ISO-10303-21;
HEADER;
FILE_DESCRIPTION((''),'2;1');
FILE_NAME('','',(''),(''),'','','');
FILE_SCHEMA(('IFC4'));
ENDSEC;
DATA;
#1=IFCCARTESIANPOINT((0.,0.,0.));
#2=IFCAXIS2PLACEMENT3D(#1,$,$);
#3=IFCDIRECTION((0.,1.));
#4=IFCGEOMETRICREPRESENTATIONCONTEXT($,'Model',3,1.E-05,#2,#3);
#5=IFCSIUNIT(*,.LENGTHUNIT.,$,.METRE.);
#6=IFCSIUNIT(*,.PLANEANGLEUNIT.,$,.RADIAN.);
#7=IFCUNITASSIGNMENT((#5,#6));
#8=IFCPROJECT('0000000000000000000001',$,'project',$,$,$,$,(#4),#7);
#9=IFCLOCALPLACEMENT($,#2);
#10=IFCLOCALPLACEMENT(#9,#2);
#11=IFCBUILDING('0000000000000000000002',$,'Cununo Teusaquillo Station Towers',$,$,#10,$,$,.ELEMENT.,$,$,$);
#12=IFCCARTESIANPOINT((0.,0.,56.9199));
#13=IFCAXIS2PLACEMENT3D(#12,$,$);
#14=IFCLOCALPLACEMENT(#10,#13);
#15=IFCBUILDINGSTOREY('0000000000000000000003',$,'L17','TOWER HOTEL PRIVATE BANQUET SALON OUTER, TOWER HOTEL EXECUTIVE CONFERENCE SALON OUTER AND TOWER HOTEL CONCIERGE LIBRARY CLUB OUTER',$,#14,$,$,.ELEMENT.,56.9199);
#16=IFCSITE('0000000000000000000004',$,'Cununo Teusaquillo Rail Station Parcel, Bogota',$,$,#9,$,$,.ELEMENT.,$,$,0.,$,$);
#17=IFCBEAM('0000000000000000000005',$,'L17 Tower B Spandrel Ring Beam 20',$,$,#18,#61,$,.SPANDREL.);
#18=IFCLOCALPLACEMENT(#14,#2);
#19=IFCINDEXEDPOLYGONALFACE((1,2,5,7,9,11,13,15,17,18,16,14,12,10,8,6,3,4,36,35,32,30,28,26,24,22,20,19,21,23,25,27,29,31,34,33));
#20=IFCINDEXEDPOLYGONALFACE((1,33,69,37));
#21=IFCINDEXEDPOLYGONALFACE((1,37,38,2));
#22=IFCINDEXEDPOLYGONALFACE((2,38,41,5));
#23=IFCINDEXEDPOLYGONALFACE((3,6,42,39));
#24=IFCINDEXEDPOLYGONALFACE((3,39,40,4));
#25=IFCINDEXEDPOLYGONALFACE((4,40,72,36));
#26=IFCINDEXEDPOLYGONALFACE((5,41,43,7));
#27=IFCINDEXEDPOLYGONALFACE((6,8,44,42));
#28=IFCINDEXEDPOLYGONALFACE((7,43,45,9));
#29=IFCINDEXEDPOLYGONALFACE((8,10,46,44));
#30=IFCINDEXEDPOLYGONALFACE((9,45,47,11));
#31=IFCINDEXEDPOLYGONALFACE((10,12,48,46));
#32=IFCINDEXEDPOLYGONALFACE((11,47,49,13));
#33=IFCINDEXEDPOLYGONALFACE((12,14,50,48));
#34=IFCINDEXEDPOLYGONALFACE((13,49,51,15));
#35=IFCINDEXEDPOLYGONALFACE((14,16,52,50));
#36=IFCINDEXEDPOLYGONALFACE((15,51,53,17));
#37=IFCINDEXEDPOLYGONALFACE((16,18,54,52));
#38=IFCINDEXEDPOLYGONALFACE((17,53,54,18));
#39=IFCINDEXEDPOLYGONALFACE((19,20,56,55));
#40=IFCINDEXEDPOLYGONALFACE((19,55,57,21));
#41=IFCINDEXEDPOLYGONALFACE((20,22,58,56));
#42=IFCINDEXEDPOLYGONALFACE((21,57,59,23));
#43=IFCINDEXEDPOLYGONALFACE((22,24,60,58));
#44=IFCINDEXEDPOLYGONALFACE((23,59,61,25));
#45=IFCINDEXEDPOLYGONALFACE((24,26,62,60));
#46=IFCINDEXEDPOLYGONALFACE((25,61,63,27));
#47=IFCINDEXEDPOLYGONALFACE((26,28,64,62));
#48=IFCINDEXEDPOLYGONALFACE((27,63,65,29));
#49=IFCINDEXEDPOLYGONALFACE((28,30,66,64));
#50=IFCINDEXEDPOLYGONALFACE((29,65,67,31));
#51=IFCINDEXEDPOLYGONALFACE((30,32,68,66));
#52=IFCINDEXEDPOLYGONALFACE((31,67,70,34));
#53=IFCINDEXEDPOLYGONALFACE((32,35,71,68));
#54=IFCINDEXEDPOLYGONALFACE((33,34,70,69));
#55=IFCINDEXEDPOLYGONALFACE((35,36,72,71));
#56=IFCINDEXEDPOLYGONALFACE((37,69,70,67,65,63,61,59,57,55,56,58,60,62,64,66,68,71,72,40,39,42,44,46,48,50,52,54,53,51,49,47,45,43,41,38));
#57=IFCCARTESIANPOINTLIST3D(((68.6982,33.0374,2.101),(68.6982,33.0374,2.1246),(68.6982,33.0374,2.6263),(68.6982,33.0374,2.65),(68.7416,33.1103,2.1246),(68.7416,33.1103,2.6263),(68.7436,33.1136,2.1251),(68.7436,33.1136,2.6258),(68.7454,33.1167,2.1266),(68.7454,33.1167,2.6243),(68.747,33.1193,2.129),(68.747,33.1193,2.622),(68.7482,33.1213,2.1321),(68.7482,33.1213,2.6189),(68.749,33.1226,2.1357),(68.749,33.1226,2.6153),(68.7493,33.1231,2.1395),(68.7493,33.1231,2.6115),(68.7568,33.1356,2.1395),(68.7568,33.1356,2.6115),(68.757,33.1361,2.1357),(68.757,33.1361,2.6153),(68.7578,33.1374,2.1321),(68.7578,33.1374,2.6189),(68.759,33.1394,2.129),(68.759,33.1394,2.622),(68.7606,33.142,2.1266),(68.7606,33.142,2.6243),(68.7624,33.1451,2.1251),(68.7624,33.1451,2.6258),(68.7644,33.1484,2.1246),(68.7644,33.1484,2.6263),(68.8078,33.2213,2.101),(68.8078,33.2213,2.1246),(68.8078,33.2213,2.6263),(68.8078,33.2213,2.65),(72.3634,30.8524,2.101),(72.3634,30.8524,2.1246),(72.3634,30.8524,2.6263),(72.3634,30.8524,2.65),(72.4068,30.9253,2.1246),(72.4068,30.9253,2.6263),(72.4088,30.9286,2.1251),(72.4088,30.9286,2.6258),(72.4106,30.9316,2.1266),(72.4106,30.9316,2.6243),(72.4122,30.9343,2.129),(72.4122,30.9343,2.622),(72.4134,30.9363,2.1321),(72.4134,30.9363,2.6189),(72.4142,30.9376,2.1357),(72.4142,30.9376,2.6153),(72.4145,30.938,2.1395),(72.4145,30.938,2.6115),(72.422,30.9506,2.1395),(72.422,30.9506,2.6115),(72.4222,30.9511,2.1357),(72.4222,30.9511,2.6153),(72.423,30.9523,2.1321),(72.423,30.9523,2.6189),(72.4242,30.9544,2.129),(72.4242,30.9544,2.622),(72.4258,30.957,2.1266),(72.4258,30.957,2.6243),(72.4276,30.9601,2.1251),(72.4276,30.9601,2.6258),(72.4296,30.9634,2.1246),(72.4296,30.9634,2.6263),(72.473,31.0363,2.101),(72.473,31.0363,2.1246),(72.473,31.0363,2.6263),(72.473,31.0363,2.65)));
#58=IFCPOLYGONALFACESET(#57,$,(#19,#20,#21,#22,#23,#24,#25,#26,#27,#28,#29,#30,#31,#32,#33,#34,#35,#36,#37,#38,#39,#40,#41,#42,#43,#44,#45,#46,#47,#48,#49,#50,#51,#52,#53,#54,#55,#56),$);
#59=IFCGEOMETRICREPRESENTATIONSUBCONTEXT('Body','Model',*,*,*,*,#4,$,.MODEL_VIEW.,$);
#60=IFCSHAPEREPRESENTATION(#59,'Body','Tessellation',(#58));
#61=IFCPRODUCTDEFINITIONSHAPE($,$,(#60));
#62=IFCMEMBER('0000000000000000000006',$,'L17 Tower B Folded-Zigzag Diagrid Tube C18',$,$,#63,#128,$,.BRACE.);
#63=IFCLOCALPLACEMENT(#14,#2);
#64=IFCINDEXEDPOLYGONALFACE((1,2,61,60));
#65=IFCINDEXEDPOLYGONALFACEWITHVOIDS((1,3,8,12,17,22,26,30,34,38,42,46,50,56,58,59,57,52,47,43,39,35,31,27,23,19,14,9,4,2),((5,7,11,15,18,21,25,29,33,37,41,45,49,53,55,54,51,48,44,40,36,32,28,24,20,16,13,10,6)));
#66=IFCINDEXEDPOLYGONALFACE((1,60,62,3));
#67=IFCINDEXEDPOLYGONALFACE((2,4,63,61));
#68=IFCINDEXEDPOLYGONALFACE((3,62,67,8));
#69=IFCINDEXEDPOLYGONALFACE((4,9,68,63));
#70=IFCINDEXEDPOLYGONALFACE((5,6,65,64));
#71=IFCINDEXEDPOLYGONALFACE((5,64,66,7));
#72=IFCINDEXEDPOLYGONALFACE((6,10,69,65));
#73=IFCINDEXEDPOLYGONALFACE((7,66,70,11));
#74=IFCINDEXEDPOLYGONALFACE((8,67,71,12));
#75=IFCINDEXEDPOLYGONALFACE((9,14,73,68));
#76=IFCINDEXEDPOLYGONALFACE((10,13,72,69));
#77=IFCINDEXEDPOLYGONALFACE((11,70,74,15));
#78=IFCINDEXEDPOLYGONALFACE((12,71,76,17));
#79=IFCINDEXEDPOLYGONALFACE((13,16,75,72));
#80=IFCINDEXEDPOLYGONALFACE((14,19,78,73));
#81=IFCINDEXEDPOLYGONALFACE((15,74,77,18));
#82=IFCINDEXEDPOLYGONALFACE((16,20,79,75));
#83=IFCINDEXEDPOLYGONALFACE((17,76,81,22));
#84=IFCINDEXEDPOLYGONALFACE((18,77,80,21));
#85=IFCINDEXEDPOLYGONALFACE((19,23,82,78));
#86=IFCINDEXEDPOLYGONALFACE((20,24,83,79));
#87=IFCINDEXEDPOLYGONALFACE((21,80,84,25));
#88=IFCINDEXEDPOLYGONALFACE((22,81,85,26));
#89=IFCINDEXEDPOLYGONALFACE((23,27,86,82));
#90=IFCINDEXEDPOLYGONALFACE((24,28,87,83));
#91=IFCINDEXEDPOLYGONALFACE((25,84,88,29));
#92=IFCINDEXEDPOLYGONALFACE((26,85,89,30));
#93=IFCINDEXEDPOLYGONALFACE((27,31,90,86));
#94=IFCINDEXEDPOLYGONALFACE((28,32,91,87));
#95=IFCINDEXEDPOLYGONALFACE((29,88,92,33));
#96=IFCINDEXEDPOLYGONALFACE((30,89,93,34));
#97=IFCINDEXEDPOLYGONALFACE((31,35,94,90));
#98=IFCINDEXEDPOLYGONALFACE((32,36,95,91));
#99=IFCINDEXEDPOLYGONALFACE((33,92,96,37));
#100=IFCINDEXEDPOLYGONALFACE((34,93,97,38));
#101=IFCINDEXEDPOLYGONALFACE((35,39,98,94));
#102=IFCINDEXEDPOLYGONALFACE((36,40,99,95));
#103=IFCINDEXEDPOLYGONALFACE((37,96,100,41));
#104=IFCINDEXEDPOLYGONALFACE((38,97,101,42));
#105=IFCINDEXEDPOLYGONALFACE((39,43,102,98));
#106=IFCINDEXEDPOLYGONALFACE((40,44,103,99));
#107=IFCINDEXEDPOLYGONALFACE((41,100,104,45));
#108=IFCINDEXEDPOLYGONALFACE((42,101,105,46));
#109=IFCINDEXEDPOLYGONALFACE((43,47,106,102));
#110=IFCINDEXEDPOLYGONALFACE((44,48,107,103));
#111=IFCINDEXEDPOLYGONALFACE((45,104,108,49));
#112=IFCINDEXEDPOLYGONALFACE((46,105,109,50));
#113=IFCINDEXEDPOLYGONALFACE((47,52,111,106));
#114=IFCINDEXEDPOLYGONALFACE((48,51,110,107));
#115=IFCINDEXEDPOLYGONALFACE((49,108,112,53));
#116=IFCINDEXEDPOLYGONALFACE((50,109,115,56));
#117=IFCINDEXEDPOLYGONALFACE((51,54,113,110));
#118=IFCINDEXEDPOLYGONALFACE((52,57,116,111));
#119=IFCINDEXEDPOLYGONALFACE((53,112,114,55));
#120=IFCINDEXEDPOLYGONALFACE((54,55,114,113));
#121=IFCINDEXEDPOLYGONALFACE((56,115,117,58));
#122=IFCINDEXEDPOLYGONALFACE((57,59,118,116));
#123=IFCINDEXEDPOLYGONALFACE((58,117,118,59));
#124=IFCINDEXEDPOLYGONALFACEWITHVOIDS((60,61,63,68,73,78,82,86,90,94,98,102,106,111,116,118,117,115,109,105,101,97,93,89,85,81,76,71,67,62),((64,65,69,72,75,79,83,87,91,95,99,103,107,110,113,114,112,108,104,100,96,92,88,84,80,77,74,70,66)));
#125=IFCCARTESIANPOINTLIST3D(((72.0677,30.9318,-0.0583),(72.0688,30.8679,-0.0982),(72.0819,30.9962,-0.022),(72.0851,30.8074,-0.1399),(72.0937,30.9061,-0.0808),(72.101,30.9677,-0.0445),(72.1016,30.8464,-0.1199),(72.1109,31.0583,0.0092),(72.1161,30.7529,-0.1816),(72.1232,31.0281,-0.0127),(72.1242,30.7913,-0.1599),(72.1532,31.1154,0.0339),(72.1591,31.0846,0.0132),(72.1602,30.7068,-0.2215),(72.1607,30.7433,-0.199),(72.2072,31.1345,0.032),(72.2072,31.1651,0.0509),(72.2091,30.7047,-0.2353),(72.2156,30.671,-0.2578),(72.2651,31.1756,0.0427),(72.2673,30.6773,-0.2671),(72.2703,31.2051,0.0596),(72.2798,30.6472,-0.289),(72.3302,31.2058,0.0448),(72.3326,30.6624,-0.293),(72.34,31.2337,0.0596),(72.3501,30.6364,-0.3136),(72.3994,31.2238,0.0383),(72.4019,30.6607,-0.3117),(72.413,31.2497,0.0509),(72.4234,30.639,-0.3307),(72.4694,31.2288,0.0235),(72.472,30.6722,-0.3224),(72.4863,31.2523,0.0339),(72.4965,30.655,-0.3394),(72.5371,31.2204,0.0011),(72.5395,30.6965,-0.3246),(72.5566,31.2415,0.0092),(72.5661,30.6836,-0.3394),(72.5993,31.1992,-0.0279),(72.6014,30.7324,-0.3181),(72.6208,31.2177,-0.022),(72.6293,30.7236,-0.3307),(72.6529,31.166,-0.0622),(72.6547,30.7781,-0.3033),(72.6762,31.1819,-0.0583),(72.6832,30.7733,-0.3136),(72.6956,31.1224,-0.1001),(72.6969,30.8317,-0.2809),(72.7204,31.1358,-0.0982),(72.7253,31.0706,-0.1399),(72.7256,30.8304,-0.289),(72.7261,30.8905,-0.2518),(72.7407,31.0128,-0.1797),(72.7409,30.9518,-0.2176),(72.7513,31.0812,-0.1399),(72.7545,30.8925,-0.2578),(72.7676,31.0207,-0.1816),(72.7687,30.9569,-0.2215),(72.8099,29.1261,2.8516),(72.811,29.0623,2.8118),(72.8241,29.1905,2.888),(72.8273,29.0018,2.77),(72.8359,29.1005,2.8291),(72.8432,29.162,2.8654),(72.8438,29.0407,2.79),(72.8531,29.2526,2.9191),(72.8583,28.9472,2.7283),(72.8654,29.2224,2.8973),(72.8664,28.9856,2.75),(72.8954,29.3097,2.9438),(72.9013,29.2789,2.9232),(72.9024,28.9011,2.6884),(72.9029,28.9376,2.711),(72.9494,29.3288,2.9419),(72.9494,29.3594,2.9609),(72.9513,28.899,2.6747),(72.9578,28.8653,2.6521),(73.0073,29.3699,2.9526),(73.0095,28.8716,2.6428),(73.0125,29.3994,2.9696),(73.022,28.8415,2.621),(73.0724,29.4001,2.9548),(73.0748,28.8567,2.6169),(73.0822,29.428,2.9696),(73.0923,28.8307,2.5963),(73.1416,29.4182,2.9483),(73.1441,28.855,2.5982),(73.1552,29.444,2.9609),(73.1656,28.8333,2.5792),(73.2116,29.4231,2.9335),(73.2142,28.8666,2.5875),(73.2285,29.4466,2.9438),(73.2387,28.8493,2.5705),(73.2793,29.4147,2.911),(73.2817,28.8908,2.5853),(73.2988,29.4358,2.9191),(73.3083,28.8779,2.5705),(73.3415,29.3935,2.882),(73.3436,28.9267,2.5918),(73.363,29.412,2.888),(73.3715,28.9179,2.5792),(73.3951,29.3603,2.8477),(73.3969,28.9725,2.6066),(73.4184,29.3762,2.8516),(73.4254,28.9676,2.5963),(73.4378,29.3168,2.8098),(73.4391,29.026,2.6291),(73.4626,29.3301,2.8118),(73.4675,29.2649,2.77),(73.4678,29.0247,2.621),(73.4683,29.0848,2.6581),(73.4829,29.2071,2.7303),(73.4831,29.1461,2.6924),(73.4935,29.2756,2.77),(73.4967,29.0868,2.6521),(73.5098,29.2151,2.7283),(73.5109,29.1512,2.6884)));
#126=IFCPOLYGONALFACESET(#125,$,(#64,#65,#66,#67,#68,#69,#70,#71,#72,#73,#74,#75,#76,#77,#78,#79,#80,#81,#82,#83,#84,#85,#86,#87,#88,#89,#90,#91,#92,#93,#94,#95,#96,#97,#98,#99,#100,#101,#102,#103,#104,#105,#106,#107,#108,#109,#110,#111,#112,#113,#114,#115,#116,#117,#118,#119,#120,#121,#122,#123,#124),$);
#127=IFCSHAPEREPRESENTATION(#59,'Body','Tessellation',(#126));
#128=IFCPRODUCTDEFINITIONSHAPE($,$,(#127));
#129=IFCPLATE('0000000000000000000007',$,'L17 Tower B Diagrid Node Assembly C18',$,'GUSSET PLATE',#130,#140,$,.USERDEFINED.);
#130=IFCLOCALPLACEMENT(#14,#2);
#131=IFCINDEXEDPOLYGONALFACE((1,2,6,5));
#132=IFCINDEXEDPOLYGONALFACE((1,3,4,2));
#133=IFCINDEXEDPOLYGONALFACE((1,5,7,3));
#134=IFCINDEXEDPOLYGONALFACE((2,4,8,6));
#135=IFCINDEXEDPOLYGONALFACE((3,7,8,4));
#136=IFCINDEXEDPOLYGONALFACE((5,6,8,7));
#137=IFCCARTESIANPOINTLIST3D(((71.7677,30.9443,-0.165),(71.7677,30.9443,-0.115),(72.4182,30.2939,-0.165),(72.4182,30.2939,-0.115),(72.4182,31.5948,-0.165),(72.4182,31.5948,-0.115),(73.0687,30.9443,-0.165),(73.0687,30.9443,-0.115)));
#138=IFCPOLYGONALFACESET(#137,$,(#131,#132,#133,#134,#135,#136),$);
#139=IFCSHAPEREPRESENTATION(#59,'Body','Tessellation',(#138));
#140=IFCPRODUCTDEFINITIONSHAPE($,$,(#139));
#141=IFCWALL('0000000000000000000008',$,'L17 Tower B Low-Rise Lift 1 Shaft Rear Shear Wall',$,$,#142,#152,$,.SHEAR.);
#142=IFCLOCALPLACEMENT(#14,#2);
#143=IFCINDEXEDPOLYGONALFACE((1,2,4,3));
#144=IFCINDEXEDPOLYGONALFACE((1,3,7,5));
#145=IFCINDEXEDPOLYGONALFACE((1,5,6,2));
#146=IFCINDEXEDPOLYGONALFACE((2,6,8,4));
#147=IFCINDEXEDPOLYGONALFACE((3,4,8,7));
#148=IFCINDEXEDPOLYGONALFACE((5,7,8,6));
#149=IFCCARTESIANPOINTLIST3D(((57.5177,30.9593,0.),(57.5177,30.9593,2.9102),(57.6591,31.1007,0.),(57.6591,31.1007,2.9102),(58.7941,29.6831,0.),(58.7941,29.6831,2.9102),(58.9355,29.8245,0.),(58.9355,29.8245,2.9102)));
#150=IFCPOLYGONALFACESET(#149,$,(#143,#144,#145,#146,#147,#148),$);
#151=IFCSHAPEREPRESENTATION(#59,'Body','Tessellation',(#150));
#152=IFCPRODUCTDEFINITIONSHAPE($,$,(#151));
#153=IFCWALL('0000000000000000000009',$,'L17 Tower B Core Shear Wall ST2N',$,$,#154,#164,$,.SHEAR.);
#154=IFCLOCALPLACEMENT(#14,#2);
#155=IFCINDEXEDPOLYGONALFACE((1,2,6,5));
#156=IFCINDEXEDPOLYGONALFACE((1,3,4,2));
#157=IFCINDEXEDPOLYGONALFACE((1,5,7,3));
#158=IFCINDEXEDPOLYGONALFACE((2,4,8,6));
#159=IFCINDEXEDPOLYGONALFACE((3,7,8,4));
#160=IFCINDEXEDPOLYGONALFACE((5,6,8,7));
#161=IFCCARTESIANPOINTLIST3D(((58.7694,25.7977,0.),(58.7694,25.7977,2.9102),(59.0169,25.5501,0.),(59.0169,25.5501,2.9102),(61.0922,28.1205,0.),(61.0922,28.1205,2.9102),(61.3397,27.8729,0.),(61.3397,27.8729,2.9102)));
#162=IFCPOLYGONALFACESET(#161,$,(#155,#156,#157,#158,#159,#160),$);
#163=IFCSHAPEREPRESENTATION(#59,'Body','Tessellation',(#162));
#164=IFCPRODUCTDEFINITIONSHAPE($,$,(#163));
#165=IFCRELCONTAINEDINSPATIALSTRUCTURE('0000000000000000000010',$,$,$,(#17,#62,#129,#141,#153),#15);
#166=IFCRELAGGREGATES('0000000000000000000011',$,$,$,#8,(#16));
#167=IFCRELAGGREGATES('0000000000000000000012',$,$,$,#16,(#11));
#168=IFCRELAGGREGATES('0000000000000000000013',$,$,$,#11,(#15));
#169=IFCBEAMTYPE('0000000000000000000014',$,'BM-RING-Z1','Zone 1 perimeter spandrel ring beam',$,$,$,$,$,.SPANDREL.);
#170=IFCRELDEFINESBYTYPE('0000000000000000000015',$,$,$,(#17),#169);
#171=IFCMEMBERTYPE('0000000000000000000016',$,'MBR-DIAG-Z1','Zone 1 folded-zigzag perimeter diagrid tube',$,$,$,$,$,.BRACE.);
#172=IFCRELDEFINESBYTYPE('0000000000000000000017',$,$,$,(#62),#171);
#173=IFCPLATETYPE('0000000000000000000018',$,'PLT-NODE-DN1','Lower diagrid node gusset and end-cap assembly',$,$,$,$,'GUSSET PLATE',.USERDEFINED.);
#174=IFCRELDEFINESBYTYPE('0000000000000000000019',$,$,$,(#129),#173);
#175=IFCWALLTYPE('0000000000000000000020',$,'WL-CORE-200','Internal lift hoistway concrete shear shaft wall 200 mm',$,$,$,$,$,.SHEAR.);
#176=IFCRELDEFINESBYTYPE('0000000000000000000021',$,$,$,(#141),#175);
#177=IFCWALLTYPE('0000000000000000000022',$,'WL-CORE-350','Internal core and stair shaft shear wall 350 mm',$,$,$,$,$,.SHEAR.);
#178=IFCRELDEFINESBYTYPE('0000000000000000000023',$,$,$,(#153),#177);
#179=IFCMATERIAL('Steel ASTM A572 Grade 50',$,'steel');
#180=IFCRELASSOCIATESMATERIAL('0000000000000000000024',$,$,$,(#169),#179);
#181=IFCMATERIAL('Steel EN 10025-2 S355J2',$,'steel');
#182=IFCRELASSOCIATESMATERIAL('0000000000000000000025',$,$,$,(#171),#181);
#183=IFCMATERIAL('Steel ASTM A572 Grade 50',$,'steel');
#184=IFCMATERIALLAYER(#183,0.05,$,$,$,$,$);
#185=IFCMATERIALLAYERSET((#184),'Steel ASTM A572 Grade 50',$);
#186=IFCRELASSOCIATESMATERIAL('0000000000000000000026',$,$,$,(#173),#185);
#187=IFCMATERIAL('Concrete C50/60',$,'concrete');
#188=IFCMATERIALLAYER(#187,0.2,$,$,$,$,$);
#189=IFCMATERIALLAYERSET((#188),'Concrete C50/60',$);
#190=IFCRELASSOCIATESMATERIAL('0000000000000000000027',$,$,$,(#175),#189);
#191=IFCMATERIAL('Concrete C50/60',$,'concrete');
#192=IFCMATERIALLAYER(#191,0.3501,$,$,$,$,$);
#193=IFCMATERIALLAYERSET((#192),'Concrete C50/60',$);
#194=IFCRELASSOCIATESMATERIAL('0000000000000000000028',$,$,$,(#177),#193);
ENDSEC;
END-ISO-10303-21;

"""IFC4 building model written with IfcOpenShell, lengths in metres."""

from ifc_helpers import new_model, si_unit, direction, frame, frame_2d, origin, origin_2d, place, context, subcontext, project, spatial, rectangle, hollow_circle, i_section, extrude, source, transform, mapped, material, layer, layer_set, material_profile, profile_set, type_object, element, save


model = new_model("IFC4")

# Units and contexts
model_context = context("Model", 3, precision=1e-05, world=origin(), true_north=direction((0.0, 1.0)))
body_context = subcontext(model_context, "Body", "Model", "MODEL_VIEW")
ifc_project = project(units=[si_unit("LENGTHUNIT", "METRE"), si_unit("PLANEANGLEUNIT", "RADIAN")], contexts=[model_context])

# Site, building, storey
site_placement = place(None, origin())
site = spatial("IfcSite", under=ifc_project, at=site_placement, Name="Cununo Teusaquillo Rail Station Parcel, Bogota", CompositionType="ELEMENT", RefElevation=0.0)
building_placement = place(site_placement, origin())
building = spatial("IfcBuilding", under=site, at=building_placement, Name="Cununo Teusaquillo Station Towers", CompositionType="ELEMENT")
storey_placement = place(building_placement, frame((0.0, 0.0, 56.9199)))
storey = spatial("IfcBuildingStorey", under=building, at=storey_placement, Name="L17", Description="TOWER HOTEL PRIVATE BANQUET SALON OUTER, TOWER HOTEL EXECUTIVE CONFERENCE SALON OUTER AND TOWER HOTEL CONCIERGE LIBRARY CLUB OUTER", CompositionType="ELEMENT", Elevation=56.9199)

# Beam
ifc_material_1 = material(Name="Steel ASTM A572 Grade 50", Category="steel")
ifc_material_profile_1 = material_profile(ifc_material_1, i_section(OverallWidth=0.2141, OverallDepth=0.5491, WebThickness=0.0146, FlangeThickness=0.0237, FilletRadius=0.0149, at=origin_2d()), Name="W21X93")
ifc_profile_set_1 = profile_set([ifc_material_profile_1], Name="Steel ASTM A572 Grade 50")
beam_type_1 = type_object("IfcBeamType", Name="BM-RING-Z1", Description="Zone 1 perimeter spandrel ring beam", PredefinedType="SPANDREL", material=ifc_profile_set_1)
beam_1_placement = place(storey_placement, frame((72.4182, 30.9443, 2.3755), z_axis=(-0.858948, 0.512062, 0.0), x_axis=(-0.512062, -0.858948, 0.0)))
element("IfcBeam", 1, at=beam_1_placement, inside=storey, type_object=beam_type_1, Name="L17 Tower B Spandrel Ring Beam 20", PredefinedType="SPANDREL", context=body_context, shape_type="SweptSolid", body=[
    extrude(i_section(OverallWidth=0.2141, OverallDepth=0.5491, WebThickness=0.0146, FlangeThickness=0.0237, FilletRadius=0.0149, at=origin_2d()), origin(), (0.0, 0.0, 1.0), 4.2671),
])

# Member
ifc_material_2 = material(Name="Steel EN 10025-2 S355J2", Category="steel")
ifc_material_profile_2 = material_profile(ifc_material_2, hollow_circle(Radius=0.3601, WallThickness=0.0281, at=origin_2d()), Name="CHS 720x28")
ifc_profile_set_2 = profile_set([ifc_material_profile_2], Name="Steel EN 10025-2 S355J2")
member_type = type_object("IfcMemberType", Name="MBR-DIAG-Z1", Description="Zone 1 folded-zigzag perimeter diagrid tube", PredefinedType="BRACE", material=ifc_profile_set_2)
member_placement = place(storey_placement, frame((72.4182, 30.9443, -0.1399), z_axis=(0.211804, -0.515298, 0.830426), x_axis=(0.924916, 0.380171, 0.0)))
element("IfcMember", 2, at=member_placement, inside=storey, type_object=member_type, Name="L17 Tower B Folded-Zigzag Diagrid Tube C18", PredefinedType="BRACE", context=body_context, shape_type="SweptSolid", body=[
    extrude(hollow_circle(Radius=0.3601, WallThickness=0.0281, at=origin_2d()), origin(), (0.0, 0.0, 1.0), 3.5042),
])

# Plate
ifc_material_3 = material(Name="Steel ASTM A572 Grade 50", Category="steel")
ifc_layer_1 = layer(ifc_material_3, 0.05)
ifc_layer_set_1 = layer_set([ifc_layer_1], Name="Steel ASTM A572 Grade 50")
plate_type = type_object("IfcPlateType", Name="PLT-NODE-DN1", Description="Lower diagrid node gusset and end-cap assembly", ElementType="GUSSET PLATE", PredefinedType="USERDEFINED", material=ifc_layer_set_1)
shared_shape_1 = source(origin(), body_context, "Body", "SweptSolid", [
    extrude(rectangle(XDim=0.9199, YDim=0.9199, at=origin_2d()), origin(), (0.0, 0.0, 1.0), 0.05),
])
plate_placement = place(storey_placement, frame((72.4182, 30.9443, -0.165), z_axis=(0.0, 0.0, 1.0), x_axis=(0.707107, 0.707107, 0.0)))
element("IfcPlate", 3, at=plate_placement, inside=storey, type_object=plate_type, Name="L17 Tower B Diagrid Node Assembly C18", ObjectType="GUSSET PLATE", PredefinedType="USERDEFINED", context=body_context, shape_type="MappedRepresentation", body=[
    mapped(shared_shape_1, transform((0.0, 0.0, 0.0), x_axis=(1.0, 0.0, 0.0), y_axis=(0.0, 1.0, 0.0), z_axis=(0.0, 0.0, 1.0), scale=1.0)),
])

# Walls
ifc_material_4 = material(Name="Concrete C50/60", Category="concrete")
ifc_layer_2 = layer(ifc_material_4, 0.2)
ifc_layer_set_2 = layer_set([ifc_layer_2], Name="Concrete C50/60")
wall_type_1 = type_object("IfcWallType", Name="WL-CORE-200", Description="Internal lift hoistway concrete shear shaft wall 200 mm", PredefinedType="SHEAR", material=ifc_layer_set_2)
wall_1_placement = place(storey_placement, frame((58.8647, 29.7539, 0.0), z_axis=(0.0, 0.0, 1.0), x_axis=(-0.707174, 0.707039, 0.0)))
element("IfcWall", 4, at=wall_1_placement, inside=storey, type_object=wall_type_1, Name="L17 Tower B Low-Rise Lift 1 Shaft Rear Shear Wall", PredefinedType="SHEAR", context=body_context, shape_type="SweptSolid", body=[
    extrude(rectangle(XDim=1.8049, YDim=0.2, at=frame_2d((0.9023, 0.0))), origin(), (0.0, 0.0, 1.0), 2.9102),
])
ifc_material_5 = material(Name="Concrete C50/60", Category="concrete")
ifc_layer_3 = layer(ifc_material_5, 0.3501)
ifc_layer_set_3 = layer_set([ifc_layer_3], Name="Concrete C50/60")
wall_type_2 = type_object("IfcWallType", Name="WL-CORE-350", Description="Internal core and stair shaft shear wall 350 mm", PredefinedType="SHEAR", material=ifc_layer_set_3)
wall_2_placement = place(storey_placement, frame((58.8931, 25.6738, 0.0), z_axis=(0.0, 0.0, 1.0), x_axis=(0.707107, 0.707107, 0.0)))
element("IfcWall", 5, at=wall_2_placement, inside=storey, type_object=wall_type_2, Name="L17 Tower B Core Shear Wall ST2N", PredefinedType="SHEAR", context=body_context, shape_type="SweptSolid", body=[
    extrude(rectangle(XDim=3.2849, YDim=0.3501, at=frame_2d((1.6426, 0.0))), origin(), (0.0, 0.0, 1.0), 2.9102),
])

save(model, "model.ifc")
